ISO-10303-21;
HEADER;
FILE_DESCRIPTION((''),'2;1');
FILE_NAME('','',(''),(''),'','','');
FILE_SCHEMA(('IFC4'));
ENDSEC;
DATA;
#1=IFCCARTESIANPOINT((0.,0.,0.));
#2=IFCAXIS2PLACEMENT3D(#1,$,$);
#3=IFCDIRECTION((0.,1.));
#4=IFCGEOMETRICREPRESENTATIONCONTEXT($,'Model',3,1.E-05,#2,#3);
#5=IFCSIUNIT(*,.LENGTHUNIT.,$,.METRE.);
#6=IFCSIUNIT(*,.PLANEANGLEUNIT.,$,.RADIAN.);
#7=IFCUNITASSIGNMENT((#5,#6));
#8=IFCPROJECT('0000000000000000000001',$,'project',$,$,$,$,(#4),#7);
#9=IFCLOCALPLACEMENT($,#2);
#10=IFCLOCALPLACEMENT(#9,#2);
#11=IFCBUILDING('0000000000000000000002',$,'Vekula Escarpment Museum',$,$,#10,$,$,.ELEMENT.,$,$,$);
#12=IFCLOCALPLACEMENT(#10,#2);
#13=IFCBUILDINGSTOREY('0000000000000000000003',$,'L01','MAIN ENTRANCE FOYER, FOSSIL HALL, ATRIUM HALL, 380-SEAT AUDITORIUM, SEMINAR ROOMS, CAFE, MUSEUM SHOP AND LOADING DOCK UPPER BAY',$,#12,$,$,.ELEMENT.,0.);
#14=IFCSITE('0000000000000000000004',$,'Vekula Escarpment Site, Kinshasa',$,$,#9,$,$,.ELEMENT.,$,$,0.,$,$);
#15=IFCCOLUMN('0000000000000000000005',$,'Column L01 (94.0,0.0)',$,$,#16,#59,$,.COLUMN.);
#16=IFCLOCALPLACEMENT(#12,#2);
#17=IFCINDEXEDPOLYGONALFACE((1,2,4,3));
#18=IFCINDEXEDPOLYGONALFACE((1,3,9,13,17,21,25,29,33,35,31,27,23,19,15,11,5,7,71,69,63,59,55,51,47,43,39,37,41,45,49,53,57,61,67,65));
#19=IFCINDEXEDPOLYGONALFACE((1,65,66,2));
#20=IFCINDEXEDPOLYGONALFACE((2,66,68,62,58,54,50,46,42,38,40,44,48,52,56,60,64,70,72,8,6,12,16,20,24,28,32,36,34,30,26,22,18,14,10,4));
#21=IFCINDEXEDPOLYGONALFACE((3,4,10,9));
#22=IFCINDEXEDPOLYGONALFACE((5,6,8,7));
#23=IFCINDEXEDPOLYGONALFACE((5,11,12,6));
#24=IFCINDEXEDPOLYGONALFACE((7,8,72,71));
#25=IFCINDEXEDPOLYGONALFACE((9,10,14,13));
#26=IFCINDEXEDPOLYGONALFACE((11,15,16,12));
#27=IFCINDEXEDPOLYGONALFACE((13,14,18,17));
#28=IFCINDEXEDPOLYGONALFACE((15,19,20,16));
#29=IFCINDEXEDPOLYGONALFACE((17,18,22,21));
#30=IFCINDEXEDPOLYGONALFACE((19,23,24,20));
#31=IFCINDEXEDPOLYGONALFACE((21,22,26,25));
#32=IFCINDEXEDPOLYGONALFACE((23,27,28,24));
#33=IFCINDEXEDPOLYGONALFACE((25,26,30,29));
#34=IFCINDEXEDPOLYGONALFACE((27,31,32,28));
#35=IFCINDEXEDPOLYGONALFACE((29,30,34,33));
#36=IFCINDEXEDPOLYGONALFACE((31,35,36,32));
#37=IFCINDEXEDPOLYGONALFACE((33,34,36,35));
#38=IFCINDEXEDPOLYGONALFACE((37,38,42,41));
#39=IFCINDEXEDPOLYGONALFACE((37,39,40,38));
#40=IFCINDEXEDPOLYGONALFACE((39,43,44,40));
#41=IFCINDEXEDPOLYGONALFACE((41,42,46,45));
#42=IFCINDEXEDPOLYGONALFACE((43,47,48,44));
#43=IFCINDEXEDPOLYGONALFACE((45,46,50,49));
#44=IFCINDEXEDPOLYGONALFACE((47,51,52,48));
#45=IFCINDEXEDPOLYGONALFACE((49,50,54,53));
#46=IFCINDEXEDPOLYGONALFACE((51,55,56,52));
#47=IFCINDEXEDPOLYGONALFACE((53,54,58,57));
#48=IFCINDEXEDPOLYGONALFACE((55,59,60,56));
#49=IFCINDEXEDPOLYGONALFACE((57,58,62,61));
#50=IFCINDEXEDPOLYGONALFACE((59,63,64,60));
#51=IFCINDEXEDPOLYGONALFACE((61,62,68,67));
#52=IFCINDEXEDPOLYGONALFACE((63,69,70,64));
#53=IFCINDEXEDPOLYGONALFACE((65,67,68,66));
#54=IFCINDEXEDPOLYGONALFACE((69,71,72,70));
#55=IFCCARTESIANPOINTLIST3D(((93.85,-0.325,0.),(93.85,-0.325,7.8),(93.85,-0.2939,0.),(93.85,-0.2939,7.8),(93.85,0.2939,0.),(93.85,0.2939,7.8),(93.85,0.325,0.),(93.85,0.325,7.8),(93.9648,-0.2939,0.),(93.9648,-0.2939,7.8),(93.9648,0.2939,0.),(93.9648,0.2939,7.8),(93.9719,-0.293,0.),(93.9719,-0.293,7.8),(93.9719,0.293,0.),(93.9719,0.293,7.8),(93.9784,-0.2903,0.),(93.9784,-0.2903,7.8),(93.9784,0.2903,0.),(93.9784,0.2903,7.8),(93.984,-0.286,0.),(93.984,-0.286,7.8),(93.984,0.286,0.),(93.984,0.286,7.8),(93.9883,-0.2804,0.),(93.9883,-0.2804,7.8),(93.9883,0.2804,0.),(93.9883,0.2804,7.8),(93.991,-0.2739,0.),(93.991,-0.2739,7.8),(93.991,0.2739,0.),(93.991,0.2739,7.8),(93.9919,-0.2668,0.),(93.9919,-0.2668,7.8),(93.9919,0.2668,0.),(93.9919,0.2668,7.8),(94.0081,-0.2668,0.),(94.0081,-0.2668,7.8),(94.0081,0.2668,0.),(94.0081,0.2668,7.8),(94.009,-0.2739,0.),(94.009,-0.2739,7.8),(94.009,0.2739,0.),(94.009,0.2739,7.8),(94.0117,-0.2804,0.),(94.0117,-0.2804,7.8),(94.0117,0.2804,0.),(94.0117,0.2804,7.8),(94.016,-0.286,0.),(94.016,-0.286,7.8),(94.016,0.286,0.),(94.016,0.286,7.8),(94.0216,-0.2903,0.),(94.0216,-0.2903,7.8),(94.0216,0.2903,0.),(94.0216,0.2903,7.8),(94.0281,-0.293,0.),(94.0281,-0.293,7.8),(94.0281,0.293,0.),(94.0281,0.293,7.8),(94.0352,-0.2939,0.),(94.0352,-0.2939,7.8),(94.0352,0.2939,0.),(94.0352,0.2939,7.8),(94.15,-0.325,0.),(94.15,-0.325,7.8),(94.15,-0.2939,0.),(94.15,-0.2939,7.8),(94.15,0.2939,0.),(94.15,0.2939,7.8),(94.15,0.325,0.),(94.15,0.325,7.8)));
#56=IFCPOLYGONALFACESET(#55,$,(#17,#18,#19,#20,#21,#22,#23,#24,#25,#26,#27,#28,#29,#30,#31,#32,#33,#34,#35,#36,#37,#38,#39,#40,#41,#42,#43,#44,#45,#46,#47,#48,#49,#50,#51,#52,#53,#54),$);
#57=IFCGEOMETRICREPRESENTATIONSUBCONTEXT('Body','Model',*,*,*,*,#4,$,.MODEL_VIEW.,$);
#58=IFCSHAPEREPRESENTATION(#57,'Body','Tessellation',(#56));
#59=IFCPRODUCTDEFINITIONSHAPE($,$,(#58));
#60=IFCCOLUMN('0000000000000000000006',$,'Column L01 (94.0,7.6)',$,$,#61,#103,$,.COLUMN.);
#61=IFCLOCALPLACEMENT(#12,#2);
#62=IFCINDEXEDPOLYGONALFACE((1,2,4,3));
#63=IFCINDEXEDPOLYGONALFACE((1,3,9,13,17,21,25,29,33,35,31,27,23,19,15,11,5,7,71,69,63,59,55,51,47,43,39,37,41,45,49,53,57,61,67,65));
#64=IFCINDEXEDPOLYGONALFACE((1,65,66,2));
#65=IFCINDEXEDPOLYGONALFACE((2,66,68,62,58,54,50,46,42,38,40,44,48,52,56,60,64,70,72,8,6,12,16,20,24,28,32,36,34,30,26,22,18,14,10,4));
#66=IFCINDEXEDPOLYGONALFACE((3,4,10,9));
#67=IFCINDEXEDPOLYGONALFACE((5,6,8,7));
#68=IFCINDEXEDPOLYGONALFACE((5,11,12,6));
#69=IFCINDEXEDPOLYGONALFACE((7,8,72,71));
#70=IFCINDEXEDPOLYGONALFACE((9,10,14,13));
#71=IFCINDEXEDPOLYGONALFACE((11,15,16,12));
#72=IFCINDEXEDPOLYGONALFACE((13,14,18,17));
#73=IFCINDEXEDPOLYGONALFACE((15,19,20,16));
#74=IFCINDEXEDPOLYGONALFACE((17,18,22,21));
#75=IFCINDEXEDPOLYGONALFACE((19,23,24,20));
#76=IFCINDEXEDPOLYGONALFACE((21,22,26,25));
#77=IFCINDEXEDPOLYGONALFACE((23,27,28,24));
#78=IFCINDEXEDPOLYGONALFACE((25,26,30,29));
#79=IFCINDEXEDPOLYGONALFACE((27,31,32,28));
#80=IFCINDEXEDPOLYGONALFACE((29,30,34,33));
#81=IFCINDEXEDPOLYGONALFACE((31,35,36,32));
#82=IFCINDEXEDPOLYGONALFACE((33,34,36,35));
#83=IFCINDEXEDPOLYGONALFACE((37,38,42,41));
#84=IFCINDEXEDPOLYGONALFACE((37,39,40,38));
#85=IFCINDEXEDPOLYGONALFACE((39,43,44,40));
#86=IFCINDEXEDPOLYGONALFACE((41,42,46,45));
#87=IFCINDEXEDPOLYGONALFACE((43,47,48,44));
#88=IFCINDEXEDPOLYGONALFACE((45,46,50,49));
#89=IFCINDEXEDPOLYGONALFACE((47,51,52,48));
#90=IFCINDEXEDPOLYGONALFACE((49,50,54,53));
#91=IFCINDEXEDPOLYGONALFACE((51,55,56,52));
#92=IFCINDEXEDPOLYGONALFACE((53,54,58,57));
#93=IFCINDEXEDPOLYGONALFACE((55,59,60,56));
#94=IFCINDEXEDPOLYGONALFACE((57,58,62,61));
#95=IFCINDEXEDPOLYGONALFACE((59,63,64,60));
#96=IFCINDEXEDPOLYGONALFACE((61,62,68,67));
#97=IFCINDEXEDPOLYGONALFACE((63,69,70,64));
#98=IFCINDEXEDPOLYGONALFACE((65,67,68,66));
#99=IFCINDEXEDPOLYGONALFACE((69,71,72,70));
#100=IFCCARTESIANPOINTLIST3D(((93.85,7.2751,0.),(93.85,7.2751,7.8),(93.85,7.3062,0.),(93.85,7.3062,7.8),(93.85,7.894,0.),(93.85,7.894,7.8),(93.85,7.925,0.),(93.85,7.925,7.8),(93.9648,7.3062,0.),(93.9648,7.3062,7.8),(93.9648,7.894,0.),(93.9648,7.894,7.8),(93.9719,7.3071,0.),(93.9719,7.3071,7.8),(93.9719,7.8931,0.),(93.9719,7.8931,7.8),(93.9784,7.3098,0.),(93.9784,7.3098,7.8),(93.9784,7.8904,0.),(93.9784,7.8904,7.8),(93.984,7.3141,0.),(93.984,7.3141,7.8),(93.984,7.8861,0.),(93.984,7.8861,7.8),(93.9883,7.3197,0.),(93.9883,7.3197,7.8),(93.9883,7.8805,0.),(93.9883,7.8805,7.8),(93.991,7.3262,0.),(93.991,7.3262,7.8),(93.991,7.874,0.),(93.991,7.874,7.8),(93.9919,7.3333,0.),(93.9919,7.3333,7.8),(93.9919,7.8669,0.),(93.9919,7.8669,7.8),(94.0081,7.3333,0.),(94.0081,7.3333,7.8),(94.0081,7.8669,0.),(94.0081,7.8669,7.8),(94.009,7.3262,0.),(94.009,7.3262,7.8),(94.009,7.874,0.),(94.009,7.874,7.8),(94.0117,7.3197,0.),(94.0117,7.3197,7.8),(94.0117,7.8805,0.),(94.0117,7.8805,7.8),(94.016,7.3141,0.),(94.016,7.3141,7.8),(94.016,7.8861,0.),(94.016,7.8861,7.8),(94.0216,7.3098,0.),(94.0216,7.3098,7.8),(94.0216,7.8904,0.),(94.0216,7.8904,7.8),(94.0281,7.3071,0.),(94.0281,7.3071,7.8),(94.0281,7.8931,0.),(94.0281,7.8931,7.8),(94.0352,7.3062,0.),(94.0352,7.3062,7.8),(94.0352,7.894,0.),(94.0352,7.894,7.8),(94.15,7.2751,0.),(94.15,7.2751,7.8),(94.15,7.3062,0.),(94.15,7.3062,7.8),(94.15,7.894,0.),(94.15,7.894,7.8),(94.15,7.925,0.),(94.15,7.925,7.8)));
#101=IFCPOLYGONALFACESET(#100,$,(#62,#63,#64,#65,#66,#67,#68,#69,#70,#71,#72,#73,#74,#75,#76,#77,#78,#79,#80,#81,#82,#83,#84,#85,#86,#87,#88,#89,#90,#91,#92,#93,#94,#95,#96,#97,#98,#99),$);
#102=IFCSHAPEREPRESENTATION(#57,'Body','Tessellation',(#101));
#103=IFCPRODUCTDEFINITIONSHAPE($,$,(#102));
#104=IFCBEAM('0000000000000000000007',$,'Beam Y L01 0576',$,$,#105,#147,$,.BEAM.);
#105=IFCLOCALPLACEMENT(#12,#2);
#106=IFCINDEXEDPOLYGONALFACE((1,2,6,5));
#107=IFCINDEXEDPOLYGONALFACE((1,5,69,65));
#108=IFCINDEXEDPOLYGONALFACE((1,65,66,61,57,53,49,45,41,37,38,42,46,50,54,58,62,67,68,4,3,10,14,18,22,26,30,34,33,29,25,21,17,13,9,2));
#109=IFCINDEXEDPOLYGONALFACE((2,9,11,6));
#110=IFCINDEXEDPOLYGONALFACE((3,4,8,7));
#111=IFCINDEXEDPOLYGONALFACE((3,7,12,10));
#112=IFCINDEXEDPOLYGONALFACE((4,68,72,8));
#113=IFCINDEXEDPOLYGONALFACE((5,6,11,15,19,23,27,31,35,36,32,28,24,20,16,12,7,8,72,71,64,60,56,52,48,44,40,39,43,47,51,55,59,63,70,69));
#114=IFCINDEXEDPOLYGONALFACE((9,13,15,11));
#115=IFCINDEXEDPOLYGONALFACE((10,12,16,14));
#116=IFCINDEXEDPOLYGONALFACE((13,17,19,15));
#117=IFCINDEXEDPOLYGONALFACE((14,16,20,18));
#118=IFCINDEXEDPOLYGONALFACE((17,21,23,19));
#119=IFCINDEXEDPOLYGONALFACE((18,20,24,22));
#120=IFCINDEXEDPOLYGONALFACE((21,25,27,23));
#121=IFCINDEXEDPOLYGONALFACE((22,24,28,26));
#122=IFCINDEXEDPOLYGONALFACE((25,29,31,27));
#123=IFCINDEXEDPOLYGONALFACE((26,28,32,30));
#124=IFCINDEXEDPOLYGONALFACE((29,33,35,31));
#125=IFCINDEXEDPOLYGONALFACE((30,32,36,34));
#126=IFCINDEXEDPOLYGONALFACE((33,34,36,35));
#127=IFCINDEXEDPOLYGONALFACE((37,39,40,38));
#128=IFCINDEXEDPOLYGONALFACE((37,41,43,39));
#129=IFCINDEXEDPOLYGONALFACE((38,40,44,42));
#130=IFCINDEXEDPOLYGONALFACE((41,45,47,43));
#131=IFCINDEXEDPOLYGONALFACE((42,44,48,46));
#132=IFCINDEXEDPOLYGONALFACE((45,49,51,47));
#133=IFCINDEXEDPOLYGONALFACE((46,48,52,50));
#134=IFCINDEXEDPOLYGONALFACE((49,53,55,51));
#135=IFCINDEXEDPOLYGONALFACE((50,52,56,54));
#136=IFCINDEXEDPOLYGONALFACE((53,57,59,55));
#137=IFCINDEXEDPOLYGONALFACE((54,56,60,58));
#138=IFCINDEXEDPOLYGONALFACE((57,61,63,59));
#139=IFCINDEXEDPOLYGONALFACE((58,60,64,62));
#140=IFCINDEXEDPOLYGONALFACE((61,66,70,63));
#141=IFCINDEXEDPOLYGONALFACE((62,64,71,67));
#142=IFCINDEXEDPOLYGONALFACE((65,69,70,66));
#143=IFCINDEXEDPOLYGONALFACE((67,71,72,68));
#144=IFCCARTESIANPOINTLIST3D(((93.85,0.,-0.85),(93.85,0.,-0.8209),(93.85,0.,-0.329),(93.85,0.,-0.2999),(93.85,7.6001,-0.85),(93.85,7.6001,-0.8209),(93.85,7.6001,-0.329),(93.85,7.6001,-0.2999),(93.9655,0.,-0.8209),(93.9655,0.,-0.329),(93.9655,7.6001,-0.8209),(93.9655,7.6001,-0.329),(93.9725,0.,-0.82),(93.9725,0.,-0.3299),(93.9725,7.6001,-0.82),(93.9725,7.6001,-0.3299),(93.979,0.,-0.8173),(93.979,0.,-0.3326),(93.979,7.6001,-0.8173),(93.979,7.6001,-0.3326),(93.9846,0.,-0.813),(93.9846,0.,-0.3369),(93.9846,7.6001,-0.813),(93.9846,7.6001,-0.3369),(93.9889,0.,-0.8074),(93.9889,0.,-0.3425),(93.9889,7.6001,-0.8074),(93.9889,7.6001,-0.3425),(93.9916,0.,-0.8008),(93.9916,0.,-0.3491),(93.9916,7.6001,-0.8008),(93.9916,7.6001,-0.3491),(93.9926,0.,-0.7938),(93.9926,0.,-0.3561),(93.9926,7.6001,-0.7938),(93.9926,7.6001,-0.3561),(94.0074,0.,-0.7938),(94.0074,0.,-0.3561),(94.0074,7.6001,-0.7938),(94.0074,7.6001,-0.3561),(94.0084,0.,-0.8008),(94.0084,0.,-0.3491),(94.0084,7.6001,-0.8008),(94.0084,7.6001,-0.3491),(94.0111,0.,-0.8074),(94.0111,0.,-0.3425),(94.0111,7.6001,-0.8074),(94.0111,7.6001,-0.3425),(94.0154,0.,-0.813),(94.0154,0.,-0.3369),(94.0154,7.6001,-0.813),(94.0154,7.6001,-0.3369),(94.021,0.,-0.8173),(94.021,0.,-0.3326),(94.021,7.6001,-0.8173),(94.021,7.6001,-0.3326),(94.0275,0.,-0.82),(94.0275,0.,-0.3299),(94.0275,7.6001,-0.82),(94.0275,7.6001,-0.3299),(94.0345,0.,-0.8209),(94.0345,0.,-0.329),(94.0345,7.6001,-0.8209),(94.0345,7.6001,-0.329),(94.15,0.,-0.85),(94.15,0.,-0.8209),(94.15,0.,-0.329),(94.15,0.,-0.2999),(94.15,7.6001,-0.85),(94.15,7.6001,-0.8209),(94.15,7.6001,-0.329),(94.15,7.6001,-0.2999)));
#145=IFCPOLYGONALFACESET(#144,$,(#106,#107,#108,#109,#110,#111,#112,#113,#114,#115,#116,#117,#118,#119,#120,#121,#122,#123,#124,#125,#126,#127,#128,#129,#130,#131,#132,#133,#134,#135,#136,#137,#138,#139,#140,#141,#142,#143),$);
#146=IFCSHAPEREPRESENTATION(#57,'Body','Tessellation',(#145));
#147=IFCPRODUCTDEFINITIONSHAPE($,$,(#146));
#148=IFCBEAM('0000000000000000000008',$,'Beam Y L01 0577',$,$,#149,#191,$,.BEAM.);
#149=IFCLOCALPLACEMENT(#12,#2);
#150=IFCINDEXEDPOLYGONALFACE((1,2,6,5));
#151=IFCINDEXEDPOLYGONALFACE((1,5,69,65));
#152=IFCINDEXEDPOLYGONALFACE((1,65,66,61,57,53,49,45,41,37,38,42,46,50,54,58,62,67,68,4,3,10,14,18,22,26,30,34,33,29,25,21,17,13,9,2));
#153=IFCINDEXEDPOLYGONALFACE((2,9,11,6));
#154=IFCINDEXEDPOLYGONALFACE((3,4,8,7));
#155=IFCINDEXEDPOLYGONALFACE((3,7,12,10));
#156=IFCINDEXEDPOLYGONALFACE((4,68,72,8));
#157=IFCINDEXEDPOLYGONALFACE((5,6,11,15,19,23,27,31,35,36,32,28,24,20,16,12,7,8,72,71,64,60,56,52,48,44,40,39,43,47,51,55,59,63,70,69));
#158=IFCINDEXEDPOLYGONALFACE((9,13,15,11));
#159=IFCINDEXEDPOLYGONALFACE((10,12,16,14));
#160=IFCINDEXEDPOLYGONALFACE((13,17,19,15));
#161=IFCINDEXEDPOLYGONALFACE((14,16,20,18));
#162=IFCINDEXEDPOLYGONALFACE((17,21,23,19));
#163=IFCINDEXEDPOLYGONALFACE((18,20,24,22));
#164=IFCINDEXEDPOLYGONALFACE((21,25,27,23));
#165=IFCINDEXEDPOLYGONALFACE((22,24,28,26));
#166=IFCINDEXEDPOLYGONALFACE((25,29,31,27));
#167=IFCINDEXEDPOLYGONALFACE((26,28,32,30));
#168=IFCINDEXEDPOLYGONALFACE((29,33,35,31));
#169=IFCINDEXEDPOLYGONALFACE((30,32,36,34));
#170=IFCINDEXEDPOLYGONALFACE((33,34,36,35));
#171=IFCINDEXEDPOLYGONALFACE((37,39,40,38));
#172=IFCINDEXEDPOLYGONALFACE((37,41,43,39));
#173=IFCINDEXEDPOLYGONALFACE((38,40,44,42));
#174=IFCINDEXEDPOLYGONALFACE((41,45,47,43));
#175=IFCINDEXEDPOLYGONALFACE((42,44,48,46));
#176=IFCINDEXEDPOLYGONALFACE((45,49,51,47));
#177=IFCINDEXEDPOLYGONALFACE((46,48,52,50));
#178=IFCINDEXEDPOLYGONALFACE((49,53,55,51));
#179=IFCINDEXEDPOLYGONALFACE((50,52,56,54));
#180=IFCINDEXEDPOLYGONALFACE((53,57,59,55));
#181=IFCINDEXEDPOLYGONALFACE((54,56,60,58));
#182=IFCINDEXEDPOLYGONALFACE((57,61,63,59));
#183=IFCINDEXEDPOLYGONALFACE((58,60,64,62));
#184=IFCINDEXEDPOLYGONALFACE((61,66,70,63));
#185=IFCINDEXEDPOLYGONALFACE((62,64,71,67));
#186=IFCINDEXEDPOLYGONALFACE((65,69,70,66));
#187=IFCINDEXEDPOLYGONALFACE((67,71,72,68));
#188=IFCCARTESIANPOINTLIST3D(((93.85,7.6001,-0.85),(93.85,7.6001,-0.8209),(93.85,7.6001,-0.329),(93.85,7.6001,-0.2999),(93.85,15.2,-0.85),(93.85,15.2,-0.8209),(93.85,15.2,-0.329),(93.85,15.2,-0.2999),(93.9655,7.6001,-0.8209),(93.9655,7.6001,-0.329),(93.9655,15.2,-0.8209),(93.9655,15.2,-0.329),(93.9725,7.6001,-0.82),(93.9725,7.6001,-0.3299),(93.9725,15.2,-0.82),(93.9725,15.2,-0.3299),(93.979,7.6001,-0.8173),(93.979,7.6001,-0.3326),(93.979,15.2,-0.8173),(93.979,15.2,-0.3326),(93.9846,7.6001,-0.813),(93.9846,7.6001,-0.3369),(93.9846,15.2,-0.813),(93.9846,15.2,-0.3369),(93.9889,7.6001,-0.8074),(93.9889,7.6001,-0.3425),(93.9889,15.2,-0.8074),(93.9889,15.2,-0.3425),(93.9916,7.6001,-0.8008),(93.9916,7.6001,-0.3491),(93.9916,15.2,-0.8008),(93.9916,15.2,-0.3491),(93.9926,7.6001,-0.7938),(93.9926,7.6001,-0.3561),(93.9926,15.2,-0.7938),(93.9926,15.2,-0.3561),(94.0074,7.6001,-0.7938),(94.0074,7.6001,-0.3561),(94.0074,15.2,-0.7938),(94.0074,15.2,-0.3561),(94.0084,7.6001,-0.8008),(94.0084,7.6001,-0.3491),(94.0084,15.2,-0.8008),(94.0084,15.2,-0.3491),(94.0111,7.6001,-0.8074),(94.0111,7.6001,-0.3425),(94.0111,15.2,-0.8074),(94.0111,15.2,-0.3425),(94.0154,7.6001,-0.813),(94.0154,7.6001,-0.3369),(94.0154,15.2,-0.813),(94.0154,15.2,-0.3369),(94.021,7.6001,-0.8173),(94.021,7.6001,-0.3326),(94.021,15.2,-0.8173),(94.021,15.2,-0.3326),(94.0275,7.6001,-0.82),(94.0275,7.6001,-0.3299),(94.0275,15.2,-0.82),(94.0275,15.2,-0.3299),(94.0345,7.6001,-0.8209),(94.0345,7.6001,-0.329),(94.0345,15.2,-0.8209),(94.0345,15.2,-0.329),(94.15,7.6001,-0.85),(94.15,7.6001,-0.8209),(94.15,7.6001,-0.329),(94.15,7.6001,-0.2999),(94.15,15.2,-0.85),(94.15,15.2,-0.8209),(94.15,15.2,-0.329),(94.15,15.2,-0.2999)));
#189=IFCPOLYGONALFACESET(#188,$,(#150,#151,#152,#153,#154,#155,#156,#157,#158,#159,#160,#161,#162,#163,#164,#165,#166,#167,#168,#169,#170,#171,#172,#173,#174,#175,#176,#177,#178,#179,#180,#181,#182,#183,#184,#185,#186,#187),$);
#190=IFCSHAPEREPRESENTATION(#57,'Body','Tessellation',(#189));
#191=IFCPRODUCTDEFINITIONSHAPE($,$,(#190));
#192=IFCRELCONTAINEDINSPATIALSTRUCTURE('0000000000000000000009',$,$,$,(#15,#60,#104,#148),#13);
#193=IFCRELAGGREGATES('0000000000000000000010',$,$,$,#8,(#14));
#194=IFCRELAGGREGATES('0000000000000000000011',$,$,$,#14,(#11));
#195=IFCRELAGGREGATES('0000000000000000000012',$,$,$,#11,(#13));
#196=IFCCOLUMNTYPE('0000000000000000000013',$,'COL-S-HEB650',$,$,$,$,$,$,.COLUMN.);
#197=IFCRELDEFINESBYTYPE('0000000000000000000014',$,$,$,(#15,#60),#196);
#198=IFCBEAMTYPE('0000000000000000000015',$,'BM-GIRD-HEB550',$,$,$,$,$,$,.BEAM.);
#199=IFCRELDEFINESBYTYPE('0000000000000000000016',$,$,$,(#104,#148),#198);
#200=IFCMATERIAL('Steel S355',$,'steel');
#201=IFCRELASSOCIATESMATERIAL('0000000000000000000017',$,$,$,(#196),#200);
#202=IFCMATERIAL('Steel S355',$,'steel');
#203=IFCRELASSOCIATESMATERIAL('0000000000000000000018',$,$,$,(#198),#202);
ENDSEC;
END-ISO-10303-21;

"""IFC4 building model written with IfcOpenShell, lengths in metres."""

from ifc_helpers import new_model, si_unit, direction, frame, origin, origin_2d, place, context, subcontext, project, spatial, i_section, extrude, material, material_profile, profile_set, type_object, element, save


model = new_model("IFC4")

# Units and contexts
model_context = context("Model", 3, precision=1e-05, world=origin(), true_north=direction((0.0, 1.0)))
body_context = subcontext(model_context, "Body", "Model", "MODEL_VIEW")
ifc_project = project(units=[si_unit("LENGTHUNIT", "METRE"), si_unit("PLANEANGLEUNIT", "RADIAN")], contexts=[model_context])

# Site, building, storey
site_placement = place(None, origin())
site = spatial("IfcSite", under=ifc_project, at=site_placement, Name="Vekula Escarpment Site, Kinshasa", CompositionType="ELEMENT", RefElevation=0.0)
building_placement = place(site_placement, origin())
building = spatial("IfcBuilding", under=site, at=building_placement, Name="Vekula Escarpment Museum", CompositionType="ELEMENT")
storey_placement = place(building_placement, origin())
storey = spatial("IfcBuildingStorey", under=building, at=storey_placement, Name="L01", Description="MAIN ENTRANCE FOYER, FOSSIL HALL, ATRIUM HALL, 380-SEAT AUDITORIUM, SEMINAR ROOMS, CAFE, MUSEUM SHOP AND LOADING DOCK UPPER BAY", CompositionType="ELEMENT", Elevation=0.0)

# Columns
ifc_material_1 = material(Name="Steel S355", Category="steel")
ifc_material_profile_1 = material_profile(ifc_material_1, i_section(OverallWidth=0.3, OverallDepth=0.6499, WebThickness=0.0161, FlangeThickness=0.031, FilletRadius=0.0271, at=origin_2d()), Name="HEB 650")
ifc_profile_set_1 = profile_set([ifc_material_profile_1], Name="Steel S355")
column_type = type_object("IfcColumnType", Name="COL-S-HEB650", PredefinedType="COLUMN", material=ifc_profile_set_1)
for number, where, z_axis, x_axis, name in (
    (1, (94.0, 0.0, 0.0), (0.0, 0.0, 1.0), (1.0, 0.0, 0.0), "Column L01 (94.0,0.0)"),
    (2, (94.0, 7.6001, 0.0), (0.0, 0.0, 1.0), (1.0, 0.0, 0.0), "Column L01 (94.0,7.6)"),
):
    element("IfcColumn", number, at=place(storey_placement, frame(where, z_axis=z_axis, x_axis=x_axis)), inside=storey, type_object=column_type, Name=name, PredefinedType="COLUMN", context=body_context, shape_type="SweptSolid", body=[
        extrude(i_section(OverallWidth=0.3, OverallDepth=0.6499, WebThickness=0.0161, FlangeThickness=0.031, FilletRadius=0.0271, at=origin_2d()), origin(), (0.0, 0.0, 1.0), 7.8),
    ])

# Beams
ifc_material_2 = material(Name="Steel S355", Category="steel")
ifc_material_profile_2 = material_profile(ifc_material_2, i_section(OverallWidth=0.3, OverallDepth=0.55, WebThickness=0.0149, FlangeThickness=0.0291, FilletRadius=0.0271, at=origin_2d()), Name="HEB 550")
ifc_profile_set_2 = profile_set([ifc_material_profile_2], Name="Steel S355")
beam_type_1 = type_object("IfcBeamType", Name="BM-GIRD-HEB550", PredefinedType="BEAM", material=ifc_profile_set_2)
beam_1_placement = place(storey_placement, frame((94.0, 0.0, -0.575), z_axis=(0.0, 1.0, 0.0), x_axis=(-1.0, 0.0, 0.0)))
element("IfcBeam", 3, at=beam_1_placement, inside=storey, type_object=beam_type_1, Name="Beam Y L01 0576", PredefinedType="BEAM", context=body_context, shape_type="SweptSolid", body=[
    extrude(i_section(OverallWidth=0.3, OverallDepth=0.55, WebThickness=0.0149, FlangeThickness=0.0291, FilletRadius=0.0271, at=origin_2d()), origin(), (0.0, 0.0, 1.0), 7.6001),
])
beam_2_placement = place(storey_placement, frame((94.0, 7.6001, -0.575), z_axis=(0.0, 1.0, 0.0), x_axis=(-1.0, 0.0, 0.0)))
element("IfcBeam", 4, at=beam_2_placement, inside=storey, type_object=beam_type_1, Name="Beam Y L01 0577", PredefinedType="BEAM", context=body_context, shape_type="SweptSolid", body=[
    extrude(i_section(OverallWidth=0.3, OverallDepth=0.55, WebThickness=0.0149, FlangeThickness=0.0291, FilletRadius=0.0271, at=origin_2d()), origin(), (0.0, 0.0, 1.0), 7.5999),
])

save(model, "model.ifc")
